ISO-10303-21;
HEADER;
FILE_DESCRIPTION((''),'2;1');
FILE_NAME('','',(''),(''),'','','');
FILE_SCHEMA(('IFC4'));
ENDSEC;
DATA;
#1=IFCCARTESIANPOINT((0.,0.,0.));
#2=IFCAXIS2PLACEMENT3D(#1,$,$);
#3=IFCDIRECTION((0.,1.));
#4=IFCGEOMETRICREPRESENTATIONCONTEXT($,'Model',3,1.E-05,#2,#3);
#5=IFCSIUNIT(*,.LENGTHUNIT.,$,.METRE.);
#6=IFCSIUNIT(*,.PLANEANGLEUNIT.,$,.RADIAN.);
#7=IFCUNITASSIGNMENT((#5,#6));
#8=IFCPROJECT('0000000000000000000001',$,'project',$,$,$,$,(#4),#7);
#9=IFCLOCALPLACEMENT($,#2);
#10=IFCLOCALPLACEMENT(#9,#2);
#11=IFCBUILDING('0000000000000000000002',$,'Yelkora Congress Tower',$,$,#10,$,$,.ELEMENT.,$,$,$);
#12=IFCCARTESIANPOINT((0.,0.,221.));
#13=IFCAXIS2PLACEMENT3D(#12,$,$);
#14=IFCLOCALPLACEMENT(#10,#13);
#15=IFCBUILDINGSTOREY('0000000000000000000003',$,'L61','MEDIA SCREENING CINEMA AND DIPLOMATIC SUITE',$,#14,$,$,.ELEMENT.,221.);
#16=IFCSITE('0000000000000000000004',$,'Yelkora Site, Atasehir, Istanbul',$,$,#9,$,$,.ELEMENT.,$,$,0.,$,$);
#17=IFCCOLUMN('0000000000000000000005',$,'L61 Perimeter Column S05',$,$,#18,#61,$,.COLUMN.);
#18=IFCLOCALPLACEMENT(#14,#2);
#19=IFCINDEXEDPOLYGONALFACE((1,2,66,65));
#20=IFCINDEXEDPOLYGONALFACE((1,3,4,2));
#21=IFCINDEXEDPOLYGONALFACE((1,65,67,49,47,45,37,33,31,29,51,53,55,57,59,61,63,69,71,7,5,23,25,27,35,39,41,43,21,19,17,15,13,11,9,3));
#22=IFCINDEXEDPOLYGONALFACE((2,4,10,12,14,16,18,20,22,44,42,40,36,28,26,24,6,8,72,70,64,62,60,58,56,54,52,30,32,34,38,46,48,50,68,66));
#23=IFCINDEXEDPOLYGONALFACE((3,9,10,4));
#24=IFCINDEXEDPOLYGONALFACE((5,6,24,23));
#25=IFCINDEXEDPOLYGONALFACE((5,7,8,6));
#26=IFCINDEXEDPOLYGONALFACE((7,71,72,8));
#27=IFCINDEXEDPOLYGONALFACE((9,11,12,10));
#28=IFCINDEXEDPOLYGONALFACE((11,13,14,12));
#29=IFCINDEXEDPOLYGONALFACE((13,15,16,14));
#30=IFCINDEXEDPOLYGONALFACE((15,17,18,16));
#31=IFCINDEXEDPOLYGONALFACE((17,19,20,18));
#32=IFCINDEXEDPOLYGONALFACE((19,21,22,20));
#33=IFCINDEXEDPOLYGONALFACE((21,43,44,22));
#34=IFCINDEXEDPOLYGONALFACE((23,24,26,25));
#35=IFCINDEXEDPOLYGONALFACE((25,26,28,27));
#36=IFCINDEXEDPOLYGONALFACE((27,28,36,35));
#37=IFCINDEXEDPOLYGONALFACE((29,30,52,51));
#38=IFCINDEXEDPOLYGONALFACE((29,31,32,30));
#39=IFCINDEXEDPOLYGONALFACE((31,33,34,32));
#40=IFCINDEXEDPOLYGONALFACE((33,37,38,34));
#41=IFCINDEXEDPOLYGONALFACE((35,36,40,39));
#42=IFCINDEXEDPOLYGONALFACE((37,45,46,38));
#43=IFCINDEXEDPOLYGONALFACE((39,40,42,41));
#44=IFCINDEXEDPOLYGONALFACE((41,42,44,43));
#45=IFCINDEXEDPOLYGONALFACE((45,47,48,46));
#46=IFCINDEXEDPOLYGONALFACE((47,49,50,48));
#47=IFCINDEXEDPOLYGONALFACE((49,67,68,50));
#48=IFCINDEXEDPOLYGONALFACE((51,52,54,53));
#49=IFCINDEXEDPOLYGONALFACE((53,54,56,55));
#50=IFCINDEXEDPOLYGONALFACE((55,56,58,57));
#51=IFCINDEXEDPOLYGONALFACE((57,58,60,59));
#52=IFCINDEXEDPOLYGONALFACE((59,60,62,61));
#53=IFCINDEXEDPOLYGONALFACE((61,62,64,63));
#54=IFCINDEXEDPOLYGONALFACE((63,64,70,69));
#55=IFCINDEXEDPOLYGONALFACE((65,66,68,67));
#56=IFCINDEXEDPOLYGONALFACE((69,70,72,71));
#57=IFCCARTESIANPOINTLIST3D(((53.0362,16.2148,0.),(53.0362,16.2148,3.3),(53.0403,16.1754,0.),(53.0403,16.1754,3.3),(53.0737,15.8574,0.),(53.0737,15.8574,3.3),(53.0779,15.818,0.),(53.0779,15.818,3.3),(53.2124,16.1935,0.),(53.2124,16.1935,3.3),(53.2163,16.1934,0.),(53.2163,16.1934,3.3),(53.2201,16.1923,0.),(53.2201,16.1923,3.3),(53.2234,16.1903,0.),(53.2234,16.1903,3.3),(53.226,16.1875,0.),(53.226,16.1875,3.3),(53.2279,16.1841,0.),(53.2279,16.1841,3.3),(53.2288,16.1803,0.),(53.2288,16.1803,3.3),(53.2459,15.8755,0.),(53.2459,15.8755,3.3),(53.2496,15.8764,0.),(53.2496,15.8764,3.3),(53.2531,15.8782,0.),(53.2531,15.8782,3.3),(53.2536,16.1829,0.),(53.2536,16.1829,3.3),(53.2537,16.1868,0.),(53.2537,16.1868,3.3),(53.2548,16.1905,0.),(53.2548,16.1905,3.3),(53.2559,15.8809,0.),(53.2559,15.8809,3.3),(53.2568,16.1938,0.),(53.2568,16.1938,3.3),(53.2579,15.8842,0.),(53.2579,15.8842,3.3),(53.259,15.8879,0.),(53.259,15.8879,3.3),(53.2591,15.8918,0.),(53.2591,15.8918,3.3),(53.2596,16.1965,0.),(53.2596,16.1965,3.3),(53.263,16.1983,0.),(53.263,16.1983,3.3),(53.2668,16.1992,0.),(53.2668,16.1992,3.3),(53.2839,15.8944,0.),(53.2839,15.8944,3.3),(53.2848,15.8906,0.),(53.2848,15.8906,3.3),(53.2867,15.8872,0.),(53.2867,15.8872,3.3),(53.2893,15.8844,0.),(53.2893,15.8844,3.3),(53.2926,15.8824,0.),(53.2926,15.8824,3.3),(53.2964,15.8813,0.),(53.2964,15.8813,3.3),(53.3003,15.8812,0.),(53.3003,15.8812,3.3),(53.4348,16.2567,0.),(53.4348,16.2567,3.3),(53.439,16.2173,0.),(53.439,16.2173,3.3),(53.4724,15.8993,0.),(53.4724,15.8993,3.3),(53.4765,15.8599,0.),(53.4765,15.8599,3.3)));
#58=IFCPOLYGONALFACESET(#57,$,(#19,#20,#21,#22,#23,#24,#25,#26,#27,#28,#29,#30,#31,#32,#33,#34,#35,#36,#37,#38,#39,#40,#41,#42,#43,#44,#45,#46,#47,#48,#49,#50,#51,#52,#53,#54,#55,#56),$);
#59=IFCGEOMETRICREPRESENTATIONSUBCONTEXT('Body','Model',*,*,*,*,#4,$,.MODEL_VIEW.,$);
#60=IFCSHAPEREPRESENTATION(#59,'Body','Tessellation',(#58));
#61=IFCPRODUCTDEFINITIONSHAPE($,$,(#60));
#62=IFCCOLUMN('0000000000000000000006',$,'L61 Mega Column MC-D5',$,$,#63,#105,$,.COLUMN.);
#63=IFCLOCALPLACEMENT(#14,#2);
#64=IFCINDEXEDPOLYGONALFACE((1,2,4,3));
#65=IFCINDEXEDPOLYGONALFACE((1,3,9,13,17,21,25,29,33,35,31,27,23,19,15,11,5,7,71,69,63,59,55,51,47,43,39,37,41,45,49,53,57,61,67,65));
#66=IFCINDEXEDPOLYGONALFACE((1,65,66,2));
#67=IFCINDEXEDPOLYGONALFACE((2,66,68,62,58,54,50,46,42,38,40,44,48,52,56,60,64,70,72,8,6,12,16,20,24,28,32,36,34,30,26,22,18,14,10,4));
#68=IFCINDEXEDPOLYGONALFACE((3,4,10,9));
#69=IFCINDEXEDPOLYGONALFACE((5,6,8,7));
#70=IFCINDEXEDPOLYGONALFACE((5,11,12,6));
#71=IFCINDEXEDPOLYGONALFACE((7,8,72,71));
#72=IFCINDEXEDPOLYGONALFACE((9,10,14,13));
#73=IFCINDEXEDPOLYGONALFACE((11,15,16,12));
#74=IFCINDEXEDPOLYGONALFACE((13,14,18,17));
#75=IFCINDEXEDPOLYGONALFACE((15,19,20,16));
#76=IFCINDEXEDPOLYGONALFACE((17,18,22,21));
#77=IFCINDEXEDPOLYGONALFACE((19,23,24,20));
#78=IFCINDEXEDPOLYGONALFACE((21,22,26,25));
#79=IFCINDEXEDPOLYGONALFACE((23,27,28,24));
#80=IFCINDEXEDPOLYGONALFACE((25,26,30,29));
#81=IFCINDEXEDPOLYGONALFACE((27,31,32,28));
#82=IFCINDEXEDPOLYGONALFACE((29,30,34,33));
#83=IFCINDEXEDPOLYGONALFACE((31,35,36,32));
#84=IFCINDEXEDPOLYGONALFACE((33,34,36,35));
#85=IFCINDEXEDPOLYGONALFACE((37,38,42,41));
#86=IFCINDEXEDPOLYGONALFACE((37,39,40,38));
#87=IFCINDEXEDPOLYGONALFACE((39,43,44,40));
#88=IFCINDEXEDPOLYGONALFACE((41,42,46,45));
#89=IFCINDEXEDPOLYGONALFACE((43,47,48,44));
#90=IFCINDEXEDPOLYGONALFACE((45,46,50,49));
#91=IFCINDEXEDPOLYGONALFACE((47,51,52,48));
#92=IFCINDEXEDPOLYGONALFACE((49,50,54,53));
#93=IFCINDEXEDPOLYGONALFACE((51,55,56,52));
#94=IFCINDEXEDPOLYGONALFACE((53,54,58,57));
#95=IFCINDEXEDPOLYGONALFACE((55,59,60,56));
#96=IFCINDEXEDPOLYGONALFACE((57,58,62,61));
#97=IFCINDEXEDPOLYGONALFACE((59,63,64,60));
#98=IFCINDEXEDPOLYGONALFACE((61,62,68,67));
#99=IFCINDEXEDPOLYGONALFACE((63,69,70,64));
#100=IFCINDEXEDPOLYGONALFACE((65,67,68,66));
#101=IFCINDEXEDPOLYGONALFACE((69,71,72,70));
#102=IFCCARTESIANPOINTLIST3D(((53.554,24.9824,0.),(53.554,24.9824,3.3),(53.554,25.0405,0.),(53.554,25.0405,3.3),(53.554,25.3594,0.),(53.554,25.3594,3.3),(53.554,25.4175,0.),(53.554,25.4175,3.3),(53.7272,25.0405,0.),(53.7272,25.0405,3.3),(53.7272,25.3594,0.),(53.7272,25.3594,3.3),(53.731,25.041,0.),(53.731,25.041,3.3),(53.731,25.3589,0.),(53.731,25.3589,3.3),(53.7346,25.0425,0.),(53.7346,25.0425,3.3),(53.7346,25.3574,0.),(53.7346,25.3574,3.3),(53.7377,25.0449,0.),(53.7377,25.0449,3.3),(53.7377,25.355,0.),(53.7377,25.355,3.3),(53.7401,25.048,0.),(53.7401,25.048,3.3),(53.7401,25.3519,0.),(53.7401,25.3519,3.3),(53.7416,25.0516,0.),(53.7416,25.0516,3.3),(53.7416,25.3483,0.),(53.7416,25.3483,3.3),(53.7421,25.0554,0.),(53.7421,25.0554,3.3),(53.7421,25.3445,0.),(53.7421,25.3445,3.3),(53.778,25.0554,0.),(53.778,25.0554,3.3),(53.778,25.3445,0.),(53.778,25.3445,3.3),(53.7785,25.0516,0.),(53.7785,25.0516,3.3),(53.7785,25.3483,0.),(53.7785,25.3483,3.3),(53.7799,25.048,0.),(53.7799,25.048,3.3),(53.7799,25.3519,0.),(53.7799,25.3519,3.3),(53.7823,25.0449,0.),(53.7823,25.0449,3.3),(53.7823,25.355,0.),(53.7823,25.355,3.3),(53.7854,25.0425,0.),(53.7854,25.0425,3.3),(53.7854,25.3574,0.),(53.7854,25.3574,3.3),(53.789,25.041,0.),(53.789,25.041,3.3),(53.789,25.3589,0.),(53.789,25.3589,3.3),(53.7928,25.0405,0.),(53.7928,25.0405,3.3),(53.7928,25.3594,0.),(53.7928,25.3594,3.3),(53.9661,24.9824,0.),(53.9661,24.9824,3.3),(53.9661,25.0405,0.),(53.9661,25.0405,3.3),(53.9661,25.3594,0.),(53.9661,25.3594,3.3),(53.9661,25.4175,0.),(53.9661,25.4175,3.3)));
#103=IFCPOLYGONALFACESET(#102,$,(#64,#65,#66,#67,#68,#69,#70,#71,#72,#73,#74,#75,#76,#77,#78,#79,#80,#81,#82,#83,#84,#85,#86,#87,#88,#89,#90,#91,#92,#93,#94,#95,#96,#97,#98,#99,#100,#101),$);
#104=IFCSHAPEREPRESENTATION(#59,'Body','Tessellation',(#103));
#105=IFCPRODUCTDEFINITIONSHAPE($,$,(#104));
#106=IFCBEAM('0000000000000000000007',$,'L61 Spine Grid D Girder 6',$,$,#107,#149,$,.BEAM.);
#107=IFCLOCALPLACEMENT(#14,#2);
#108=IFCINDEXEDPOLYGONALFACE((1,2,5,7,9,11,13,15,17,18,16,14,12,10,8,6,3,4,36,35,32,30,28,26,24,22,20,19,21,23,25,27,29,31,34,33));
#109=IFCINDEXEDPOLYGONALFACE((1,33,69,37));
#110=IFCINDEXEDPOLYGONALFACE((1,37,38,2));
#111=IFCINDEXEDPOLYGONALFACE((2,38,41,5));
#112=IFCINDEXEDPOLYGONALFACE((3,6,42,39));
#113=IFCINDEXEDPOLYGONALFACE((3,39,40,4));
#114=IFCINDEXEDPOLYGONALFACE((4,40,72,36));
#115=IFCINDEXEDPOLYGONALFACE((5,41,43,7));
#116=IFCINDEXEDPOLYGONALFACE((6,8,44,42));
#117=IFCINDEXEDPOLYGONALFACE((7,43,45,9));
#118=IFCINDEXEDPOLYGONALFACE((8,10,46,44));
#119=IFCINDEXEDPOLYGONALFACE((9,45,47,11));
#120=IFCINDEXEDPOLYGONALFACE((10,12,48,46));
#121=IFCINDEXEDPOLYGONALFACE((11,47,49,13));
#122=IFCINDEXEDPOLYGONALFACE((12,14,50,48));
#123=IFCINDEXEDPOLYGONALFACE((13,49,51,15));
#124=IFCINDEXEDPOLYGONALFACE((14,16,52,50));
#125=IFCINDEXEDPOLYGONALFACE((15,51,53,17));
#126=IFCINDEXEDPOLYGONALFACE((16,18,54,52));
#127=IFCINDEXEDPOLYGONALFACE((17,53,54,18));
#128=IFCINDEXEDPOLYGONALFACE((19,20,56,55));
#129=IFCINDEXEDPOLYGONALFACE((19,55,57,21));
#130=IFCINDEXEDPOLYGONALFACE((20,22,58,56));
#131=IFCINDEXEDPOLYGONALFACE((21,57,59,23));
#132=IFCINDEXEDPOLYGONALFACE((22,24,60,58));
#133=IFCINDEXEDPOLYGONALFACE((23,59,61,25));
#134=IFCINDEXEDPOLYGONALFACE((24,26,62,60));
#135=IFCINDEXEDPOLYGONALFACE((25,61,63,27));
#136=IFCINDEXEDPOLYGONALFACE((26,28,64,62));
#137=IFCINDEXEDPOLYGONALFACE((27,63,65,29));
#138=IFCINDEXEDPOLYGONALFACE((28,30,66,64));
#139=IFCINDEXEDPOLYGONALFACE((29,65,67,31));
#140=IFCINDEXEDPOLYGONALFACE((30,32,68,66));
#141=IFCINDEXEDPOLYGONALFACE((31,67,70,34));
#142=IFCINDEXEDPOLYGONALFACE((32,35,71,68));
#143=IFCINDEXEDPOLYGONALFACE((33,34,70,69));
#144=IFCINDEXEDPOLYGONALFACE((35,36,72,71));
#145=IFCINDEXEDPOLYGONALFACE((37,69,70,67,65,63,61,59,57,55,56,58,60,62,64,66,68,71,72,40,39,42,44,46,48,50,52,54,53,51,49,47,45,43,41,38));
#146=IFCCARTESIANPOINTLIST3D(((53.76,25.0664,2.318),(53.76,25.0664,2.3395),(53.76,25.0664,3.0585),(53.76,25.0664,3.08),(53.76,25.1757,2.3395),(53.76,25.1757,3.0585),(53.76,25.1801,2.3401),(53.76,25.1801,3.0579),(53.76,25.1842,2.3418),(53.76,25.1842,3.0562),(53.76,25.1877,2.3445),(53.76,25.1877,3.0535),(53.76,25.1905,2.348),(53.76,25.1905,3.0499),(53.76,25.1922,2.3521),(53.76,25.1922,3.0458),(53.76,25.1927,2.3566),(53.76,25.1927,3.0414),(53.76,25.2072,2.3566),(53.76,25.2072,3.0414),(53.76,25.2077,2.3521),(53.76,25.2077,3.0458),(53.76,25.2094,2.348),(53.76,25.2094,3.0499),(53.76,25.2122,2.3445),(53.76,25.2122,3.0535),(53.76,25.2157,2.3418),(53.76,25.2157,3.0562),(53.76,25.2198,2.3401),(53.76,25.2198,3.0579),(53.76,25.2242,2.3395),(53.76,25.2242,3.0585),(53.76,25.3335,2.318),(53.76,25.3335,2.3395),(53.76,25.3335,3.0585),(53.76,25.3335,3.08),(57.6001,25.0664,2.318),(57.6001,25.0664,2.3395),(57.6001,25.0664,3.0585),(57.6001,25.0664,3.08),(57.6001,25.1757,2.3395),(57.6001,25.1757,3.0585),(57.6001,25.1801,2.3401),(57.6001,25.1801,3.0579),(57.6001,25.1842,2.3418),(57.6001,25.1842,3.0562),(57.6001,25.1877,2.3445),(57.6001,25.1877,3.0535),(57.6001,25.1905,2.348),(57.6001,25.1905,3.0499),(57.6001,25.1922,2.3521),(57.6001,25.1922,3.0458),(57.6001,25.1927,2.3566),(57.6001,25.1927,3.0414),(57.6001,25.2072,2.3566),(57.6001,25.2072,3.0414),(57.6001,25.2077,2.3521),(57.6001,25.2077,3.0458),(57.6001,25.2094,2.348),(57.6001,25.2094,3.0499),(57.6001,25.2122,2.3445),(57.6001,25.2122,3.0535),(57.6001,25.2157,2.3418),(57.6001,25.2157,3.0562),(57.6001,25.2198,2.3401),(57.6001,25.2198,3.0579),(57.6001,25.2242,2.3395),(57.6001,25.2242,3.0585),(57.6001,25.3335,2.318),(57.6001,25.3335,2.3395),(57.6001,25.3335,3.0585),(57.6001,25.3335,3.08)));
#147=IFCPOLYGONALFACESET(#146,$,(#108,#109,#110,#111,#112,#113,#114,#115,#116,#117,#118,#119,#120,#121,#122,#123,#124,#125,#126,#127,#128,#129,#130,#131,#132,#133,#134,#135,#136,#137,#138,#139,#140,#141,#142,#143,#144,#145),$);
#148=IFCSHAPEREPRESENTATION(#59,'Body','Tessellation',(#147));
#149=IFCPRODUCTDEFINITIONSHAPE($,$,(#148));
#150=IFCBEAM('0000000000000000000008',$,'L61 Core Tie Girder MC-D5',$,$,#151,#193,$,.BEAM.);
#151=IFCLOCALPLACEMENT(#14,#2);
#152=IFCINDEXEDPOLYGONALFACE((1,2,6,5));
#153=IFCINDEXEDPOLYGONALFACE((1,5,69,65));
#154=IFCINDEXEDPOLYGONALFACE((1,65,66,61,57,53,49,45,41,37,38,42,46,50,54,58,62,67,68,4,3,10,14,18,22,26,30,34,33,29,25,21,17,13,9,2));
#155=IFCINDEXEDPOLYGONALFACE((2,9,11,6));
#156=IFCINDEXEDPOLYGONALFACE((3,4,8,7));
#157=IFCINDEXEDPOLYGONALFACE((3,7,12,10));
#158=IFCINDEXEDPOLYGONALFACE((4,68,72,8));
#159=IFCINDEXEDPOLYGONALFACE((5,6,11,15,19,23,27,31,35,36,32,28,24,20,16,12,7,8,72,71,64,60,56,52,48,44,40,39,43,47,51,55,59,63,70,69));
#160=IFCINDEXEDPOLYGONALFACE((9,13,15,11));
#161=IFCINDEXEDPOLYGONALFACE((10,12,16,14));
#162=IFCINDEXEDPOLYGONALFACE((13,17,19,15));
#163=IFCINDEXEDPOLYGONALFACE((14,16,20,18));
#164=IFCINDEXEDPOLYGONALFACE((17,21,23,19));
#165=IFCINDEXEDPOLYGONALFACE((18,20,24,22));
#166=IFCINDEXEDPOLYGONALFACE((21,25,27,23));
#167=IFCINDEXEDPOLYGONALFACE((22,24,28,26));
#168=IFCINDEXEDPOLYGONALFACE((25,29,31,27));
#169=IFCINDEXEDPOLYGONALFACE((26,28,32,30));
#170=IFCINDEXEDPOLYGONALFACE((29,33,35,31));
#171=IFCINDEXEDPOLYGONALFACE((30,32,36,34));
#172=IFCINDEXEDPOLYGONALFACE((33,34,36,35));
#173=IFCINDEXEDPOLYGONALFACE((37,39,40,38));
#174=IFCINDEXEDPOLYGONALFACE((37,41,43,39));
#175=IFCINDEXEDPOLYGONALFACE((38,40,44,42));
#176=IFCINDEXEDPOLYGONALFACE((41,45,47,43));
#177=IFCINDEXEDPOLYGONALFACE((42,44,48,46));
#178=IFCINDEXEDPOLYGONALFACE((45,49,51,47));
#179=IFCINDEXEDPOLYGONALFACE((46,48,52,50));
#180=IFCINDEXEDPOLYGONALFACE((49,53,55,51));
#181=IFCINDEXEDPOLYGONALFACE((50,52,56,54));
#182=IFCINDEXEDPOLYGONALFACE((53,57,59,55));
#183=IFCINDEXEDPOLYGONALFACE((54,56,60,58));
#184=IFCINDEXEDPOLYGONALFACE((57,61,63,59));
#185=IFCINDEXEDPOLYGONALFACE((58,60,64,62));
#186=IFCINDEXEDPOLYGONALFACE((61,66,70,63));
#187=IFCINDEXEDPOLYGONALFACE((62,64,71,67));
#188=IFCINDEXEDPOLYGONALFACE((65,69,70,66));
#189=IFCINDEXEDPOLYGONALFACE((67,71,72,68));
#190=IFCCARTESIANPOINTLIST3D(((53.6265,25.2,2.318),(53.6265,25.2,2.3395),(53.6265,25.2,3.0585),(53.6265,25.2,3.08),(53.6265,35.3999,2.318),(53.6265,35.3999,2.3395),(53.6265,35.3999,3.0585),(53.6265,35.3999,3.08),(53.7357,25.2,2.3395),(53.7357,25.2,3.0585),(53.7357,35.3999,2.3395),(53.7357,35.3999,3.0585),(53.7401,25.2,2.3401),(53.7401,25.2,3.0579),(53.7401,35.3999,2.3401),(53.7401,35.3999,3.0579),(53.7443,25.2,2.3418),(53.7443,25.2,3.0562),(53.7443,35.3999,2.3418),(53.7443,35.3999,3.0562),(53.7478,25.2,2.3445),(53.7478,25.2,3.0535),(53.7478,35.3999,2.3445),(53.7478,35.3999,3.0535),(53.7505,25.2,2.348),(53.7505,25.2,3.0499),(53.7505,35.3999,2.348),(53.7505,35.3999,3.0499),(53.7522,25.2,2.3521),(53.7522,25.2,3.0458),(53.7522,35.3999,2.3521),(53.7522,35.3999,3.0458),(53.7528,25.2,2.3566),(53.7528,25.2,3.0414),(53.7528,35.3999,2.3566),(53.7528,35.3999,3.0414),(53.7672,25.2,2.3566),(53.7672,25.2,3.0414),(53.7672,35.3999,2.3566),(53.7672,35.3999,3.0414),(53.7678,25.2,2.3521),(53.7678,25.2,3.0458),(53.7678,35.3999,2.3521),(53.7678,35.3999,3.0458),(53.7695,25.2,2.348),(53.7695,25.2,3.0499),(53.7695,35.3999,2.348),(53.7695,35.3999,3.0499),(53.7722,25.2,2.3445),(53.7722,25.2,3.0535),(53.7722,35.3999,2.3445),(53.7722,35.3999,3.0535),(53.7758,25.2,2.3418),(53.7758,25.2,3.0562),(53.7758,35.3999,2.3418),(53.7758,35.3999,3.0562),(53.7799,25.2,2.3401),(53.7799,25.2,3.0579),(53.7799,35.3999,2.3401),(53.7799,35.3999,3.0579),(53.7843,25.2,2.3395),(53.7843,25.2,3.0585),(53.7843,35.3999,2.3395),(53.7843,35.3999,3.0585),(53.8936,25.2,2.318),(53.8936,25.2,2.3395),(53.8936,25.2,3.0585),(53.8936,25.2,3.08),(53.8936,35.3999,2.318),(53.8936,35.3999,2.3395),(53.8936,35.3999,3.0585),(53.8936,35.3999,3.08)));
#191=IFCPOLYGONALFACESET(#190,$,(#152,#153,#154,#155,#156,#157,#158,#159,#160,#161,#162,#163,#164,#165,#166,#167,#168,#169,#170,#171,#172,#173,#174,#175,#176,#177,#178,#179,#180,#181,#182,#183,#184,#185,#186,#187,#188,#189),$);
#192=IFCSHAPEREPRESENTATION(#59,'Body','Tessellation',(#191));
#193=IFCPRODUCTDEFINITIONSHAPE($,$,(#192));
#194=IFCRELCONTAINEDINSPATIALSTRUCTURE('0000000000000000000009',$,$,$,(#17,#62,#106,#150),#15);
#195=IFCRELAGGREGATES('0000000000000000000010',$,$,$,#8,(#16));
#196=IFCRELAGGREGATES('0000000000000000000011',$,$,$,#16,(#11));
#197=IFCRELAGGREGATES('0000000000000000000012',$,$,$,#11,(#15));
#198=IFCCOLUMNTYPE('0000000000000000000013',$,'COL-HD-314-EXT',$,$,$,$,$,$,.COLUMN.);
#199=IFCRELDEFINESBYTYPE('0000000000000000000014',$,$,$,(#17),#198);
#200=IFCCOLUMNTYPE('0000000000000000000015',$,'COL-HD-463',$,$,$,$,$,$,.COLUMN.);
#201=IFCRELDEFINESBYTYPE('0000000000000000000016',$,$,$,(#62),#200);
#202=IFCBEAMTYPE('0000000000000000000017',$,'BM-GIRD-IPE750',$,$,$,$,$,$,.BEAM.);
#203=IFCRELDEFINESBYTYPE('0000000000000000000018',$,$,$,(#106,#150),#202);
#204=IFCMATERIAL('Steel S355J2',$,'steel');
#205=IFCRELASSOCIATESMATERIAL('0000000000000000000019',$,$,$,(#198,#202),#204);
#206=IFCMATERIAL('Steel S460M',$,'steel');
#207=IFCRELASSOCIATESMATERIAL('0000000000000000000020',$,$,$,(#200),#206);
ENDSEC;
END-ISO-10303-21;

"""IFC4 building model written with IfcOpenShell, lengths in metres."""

from ifc_helpers import new_model, si_unit, direction, frame, origin, origin_2d, place, context, subcontext, project, spatial, i_section, extrude, material, material_profile, profile_set, type_object, element, save


model = new_model("IFC4")

# Units and contexts
model_context = context("Model", 3, precision=1e-05, world=origin(), true_north=direction((0.0, 1.0)))
body_context = subcontext(model_context, "Body", "Model", "MODEL_VIEW")
ifc_project = project(units=[si_unit("LENGTHUNIT", "METRE"), si_unit("PLANEANGLEUNIT", "RADIAN")], contexts=[model_context])

# Site, building, storey
site_placement = place(None, origin())
site = spatial("IfcSite", under=ifc_project, at=site_placement, Name="Yelkora Site, Atasehir, Istanbul", CompositionType="ELEMENT", RefElevation=0.0)
building_placement = place(site_placement, origin())
building = spatial("IfcBuilding", under=site, at=building_placement, Name="Yelkora Congress Tower", CompositionType="ELEMENT")
storey_placement = place(building_placement, frame((0.0, 0.0, 221.0)))
storey = spatial("IfcBuildingStorey", under=building, at=storey_placement, Name="L61", Description="MEDIA SCREENING CINEMA AND DIPLOMATIC SUITE", CompositionType="ELEMENT", Elevation=221.0)

# Columns
ifc_material_1 = material(Name="Steel S355J2", Category="steel")
ifc_material_profile_1 = material_profile(ifc_material_1, i_section(OverallWidth=0.4009, OverallDepth=0.3989, WebThickness=0.0249, FlangeThickness=0.0396, FilletRadius=0.0149, at=origin_2d()), Name="HD 400x314")
ifc_profile_set_1 = profile_set([ifc_material_profile_1], Name="Steel S355J2")
column_type_1 = type_object("IfcColumnType", Name="COL-HD-314-EXT", PredefinedType="COLUMN", material=ifc_profile_set_1)
column_1_placement = place(storey_placement, frame((53.2563, 16.0374, 0.0), z_axis=(0.0, 0.0, 1.0), x_axis=(0.994522, 0.104528, 0.0)))
element("IfcColumn", 1, at=column_1_placement, inside=storey, type_object=column_type_1, Name="L61 Perimeter Column S05", PredefinedType="COLUMN", context=body_context, shape_type="SweptSolid", body=[
    extrude(i_section(OverallWidth=0.4009, OverallDepth=0.3989, WebThickness=0.0249, FlangeThickness=0.0396, FilletRadius=0.0149, at=origin_2d()), origin(), (0.0, 0.0, 1.0), 3.3),
])
ifc_material_2 = material(Name="Steel S460M", Category="steel")
ifc_material_profile_2 = material_profile(ifc_material_2, i_section(OverallWidth=0.4121, OverallDepth=0.4351, WebThickness=0.0359, FlangeThickness=0.0581, FilletRadius=0.0149, at=origin_2d()), Name="HD 400x463")
ifc_profile_set_2 = profile_set([ifc_material_profile_2], Name="Steel S460M")
column_type_2 = type_object("IfcColumnType", Name="COL-HD-463", PredefinedType="COLUMN", material=ifc_profile_set_2)
column_2_placement = place(storey_placement, frame((53.76, 25.2, 0.0), z_axis=(0.0, 0.0, 1.0), x_axis=(1.0, 0.0, 0.0)))
element("IfcColumn", 2, at=column_2_placement, inside=storey, type_object=column_type_2, Name="L61 Mega Column MC-D5", PredefinedType="COLUMN", context=body_context, shape_type="SweptSolid", body=[
    extrude(i_section(OverallWidth=0.4121, OverallDepth=0.4351, WebThickness=0.0359, FlangeThickness=0.0581, FilletRadius=0.0149, at=origin_2d()), origin(), (0.0, 0.0, 1.0), 3.3),
])

# Beams
ifc_material_profile_3 = material_profile(ifc_material_1, i_section(OverallWidth=0.2671, OverallDepth=0.762, WebThickness=0.0144, FlangeThickness=0.0215, FilletRadius=0.0171, at=origin_2d()), Name="IPE 750x173")
ifc_profile_set_3 = profile_set([ifc_material_profile_3], Name="Steel S355J2")
beam_type_1 = type_object("IfcBeamType", Name="BM-GIRD-IPE750", PredefinedType="BEAM", material=ifc_profile_set_3)
beam_1_placement = place(storey_placement, frame((53.76, 25.2, 2.699), z_axis=(1.0, 0.0, 0.0), x_axis=(0.0, 1.0, 0.0)))
element("IfcBeam", 3, at=beam_1_placement, inside=storey, type_object=beam_type_1, Name="L61 Spine Grid D Girder 6", PredefinedType="BEAM", context=body_context, shape_type="SweptSolid", body=[
    extrude(i_section(OverallWidth=0.2671, OverallDepth=0.762, WebThickness=0.0144, FlangeThickness=0.0215, FilletRadius=0.0171, at=origin_2d()), origin(), (0.0, 0.0, 1.0), 3.8401),
])
beam_2_placement = place(storey_placement, frame((53.76, 25.2, 2.699), z_axis=(0.0, 1.0, 0.0), x_axis=(-1.0, 0.0, 0.0)))
element("IfcBeam", 4, at=beam_2_placement, inside=storey, type_object=beam_type_1, Name="L61 Core Tie Girder MC-D5", PredefinedType="BEAM", context=body_context, shape_type="SweptSolid", body=[
    extrude(i_section(OverallWidth=0.2671, OverallDepth=0.762, WebThickness=0.0144, FlangeThickness=0.0215, FilletRadius=0.0171, at=origin_2d()), origin(), (0.0, 0.0, 1.0), 10.2),
])

save(model, "model.ifc")
